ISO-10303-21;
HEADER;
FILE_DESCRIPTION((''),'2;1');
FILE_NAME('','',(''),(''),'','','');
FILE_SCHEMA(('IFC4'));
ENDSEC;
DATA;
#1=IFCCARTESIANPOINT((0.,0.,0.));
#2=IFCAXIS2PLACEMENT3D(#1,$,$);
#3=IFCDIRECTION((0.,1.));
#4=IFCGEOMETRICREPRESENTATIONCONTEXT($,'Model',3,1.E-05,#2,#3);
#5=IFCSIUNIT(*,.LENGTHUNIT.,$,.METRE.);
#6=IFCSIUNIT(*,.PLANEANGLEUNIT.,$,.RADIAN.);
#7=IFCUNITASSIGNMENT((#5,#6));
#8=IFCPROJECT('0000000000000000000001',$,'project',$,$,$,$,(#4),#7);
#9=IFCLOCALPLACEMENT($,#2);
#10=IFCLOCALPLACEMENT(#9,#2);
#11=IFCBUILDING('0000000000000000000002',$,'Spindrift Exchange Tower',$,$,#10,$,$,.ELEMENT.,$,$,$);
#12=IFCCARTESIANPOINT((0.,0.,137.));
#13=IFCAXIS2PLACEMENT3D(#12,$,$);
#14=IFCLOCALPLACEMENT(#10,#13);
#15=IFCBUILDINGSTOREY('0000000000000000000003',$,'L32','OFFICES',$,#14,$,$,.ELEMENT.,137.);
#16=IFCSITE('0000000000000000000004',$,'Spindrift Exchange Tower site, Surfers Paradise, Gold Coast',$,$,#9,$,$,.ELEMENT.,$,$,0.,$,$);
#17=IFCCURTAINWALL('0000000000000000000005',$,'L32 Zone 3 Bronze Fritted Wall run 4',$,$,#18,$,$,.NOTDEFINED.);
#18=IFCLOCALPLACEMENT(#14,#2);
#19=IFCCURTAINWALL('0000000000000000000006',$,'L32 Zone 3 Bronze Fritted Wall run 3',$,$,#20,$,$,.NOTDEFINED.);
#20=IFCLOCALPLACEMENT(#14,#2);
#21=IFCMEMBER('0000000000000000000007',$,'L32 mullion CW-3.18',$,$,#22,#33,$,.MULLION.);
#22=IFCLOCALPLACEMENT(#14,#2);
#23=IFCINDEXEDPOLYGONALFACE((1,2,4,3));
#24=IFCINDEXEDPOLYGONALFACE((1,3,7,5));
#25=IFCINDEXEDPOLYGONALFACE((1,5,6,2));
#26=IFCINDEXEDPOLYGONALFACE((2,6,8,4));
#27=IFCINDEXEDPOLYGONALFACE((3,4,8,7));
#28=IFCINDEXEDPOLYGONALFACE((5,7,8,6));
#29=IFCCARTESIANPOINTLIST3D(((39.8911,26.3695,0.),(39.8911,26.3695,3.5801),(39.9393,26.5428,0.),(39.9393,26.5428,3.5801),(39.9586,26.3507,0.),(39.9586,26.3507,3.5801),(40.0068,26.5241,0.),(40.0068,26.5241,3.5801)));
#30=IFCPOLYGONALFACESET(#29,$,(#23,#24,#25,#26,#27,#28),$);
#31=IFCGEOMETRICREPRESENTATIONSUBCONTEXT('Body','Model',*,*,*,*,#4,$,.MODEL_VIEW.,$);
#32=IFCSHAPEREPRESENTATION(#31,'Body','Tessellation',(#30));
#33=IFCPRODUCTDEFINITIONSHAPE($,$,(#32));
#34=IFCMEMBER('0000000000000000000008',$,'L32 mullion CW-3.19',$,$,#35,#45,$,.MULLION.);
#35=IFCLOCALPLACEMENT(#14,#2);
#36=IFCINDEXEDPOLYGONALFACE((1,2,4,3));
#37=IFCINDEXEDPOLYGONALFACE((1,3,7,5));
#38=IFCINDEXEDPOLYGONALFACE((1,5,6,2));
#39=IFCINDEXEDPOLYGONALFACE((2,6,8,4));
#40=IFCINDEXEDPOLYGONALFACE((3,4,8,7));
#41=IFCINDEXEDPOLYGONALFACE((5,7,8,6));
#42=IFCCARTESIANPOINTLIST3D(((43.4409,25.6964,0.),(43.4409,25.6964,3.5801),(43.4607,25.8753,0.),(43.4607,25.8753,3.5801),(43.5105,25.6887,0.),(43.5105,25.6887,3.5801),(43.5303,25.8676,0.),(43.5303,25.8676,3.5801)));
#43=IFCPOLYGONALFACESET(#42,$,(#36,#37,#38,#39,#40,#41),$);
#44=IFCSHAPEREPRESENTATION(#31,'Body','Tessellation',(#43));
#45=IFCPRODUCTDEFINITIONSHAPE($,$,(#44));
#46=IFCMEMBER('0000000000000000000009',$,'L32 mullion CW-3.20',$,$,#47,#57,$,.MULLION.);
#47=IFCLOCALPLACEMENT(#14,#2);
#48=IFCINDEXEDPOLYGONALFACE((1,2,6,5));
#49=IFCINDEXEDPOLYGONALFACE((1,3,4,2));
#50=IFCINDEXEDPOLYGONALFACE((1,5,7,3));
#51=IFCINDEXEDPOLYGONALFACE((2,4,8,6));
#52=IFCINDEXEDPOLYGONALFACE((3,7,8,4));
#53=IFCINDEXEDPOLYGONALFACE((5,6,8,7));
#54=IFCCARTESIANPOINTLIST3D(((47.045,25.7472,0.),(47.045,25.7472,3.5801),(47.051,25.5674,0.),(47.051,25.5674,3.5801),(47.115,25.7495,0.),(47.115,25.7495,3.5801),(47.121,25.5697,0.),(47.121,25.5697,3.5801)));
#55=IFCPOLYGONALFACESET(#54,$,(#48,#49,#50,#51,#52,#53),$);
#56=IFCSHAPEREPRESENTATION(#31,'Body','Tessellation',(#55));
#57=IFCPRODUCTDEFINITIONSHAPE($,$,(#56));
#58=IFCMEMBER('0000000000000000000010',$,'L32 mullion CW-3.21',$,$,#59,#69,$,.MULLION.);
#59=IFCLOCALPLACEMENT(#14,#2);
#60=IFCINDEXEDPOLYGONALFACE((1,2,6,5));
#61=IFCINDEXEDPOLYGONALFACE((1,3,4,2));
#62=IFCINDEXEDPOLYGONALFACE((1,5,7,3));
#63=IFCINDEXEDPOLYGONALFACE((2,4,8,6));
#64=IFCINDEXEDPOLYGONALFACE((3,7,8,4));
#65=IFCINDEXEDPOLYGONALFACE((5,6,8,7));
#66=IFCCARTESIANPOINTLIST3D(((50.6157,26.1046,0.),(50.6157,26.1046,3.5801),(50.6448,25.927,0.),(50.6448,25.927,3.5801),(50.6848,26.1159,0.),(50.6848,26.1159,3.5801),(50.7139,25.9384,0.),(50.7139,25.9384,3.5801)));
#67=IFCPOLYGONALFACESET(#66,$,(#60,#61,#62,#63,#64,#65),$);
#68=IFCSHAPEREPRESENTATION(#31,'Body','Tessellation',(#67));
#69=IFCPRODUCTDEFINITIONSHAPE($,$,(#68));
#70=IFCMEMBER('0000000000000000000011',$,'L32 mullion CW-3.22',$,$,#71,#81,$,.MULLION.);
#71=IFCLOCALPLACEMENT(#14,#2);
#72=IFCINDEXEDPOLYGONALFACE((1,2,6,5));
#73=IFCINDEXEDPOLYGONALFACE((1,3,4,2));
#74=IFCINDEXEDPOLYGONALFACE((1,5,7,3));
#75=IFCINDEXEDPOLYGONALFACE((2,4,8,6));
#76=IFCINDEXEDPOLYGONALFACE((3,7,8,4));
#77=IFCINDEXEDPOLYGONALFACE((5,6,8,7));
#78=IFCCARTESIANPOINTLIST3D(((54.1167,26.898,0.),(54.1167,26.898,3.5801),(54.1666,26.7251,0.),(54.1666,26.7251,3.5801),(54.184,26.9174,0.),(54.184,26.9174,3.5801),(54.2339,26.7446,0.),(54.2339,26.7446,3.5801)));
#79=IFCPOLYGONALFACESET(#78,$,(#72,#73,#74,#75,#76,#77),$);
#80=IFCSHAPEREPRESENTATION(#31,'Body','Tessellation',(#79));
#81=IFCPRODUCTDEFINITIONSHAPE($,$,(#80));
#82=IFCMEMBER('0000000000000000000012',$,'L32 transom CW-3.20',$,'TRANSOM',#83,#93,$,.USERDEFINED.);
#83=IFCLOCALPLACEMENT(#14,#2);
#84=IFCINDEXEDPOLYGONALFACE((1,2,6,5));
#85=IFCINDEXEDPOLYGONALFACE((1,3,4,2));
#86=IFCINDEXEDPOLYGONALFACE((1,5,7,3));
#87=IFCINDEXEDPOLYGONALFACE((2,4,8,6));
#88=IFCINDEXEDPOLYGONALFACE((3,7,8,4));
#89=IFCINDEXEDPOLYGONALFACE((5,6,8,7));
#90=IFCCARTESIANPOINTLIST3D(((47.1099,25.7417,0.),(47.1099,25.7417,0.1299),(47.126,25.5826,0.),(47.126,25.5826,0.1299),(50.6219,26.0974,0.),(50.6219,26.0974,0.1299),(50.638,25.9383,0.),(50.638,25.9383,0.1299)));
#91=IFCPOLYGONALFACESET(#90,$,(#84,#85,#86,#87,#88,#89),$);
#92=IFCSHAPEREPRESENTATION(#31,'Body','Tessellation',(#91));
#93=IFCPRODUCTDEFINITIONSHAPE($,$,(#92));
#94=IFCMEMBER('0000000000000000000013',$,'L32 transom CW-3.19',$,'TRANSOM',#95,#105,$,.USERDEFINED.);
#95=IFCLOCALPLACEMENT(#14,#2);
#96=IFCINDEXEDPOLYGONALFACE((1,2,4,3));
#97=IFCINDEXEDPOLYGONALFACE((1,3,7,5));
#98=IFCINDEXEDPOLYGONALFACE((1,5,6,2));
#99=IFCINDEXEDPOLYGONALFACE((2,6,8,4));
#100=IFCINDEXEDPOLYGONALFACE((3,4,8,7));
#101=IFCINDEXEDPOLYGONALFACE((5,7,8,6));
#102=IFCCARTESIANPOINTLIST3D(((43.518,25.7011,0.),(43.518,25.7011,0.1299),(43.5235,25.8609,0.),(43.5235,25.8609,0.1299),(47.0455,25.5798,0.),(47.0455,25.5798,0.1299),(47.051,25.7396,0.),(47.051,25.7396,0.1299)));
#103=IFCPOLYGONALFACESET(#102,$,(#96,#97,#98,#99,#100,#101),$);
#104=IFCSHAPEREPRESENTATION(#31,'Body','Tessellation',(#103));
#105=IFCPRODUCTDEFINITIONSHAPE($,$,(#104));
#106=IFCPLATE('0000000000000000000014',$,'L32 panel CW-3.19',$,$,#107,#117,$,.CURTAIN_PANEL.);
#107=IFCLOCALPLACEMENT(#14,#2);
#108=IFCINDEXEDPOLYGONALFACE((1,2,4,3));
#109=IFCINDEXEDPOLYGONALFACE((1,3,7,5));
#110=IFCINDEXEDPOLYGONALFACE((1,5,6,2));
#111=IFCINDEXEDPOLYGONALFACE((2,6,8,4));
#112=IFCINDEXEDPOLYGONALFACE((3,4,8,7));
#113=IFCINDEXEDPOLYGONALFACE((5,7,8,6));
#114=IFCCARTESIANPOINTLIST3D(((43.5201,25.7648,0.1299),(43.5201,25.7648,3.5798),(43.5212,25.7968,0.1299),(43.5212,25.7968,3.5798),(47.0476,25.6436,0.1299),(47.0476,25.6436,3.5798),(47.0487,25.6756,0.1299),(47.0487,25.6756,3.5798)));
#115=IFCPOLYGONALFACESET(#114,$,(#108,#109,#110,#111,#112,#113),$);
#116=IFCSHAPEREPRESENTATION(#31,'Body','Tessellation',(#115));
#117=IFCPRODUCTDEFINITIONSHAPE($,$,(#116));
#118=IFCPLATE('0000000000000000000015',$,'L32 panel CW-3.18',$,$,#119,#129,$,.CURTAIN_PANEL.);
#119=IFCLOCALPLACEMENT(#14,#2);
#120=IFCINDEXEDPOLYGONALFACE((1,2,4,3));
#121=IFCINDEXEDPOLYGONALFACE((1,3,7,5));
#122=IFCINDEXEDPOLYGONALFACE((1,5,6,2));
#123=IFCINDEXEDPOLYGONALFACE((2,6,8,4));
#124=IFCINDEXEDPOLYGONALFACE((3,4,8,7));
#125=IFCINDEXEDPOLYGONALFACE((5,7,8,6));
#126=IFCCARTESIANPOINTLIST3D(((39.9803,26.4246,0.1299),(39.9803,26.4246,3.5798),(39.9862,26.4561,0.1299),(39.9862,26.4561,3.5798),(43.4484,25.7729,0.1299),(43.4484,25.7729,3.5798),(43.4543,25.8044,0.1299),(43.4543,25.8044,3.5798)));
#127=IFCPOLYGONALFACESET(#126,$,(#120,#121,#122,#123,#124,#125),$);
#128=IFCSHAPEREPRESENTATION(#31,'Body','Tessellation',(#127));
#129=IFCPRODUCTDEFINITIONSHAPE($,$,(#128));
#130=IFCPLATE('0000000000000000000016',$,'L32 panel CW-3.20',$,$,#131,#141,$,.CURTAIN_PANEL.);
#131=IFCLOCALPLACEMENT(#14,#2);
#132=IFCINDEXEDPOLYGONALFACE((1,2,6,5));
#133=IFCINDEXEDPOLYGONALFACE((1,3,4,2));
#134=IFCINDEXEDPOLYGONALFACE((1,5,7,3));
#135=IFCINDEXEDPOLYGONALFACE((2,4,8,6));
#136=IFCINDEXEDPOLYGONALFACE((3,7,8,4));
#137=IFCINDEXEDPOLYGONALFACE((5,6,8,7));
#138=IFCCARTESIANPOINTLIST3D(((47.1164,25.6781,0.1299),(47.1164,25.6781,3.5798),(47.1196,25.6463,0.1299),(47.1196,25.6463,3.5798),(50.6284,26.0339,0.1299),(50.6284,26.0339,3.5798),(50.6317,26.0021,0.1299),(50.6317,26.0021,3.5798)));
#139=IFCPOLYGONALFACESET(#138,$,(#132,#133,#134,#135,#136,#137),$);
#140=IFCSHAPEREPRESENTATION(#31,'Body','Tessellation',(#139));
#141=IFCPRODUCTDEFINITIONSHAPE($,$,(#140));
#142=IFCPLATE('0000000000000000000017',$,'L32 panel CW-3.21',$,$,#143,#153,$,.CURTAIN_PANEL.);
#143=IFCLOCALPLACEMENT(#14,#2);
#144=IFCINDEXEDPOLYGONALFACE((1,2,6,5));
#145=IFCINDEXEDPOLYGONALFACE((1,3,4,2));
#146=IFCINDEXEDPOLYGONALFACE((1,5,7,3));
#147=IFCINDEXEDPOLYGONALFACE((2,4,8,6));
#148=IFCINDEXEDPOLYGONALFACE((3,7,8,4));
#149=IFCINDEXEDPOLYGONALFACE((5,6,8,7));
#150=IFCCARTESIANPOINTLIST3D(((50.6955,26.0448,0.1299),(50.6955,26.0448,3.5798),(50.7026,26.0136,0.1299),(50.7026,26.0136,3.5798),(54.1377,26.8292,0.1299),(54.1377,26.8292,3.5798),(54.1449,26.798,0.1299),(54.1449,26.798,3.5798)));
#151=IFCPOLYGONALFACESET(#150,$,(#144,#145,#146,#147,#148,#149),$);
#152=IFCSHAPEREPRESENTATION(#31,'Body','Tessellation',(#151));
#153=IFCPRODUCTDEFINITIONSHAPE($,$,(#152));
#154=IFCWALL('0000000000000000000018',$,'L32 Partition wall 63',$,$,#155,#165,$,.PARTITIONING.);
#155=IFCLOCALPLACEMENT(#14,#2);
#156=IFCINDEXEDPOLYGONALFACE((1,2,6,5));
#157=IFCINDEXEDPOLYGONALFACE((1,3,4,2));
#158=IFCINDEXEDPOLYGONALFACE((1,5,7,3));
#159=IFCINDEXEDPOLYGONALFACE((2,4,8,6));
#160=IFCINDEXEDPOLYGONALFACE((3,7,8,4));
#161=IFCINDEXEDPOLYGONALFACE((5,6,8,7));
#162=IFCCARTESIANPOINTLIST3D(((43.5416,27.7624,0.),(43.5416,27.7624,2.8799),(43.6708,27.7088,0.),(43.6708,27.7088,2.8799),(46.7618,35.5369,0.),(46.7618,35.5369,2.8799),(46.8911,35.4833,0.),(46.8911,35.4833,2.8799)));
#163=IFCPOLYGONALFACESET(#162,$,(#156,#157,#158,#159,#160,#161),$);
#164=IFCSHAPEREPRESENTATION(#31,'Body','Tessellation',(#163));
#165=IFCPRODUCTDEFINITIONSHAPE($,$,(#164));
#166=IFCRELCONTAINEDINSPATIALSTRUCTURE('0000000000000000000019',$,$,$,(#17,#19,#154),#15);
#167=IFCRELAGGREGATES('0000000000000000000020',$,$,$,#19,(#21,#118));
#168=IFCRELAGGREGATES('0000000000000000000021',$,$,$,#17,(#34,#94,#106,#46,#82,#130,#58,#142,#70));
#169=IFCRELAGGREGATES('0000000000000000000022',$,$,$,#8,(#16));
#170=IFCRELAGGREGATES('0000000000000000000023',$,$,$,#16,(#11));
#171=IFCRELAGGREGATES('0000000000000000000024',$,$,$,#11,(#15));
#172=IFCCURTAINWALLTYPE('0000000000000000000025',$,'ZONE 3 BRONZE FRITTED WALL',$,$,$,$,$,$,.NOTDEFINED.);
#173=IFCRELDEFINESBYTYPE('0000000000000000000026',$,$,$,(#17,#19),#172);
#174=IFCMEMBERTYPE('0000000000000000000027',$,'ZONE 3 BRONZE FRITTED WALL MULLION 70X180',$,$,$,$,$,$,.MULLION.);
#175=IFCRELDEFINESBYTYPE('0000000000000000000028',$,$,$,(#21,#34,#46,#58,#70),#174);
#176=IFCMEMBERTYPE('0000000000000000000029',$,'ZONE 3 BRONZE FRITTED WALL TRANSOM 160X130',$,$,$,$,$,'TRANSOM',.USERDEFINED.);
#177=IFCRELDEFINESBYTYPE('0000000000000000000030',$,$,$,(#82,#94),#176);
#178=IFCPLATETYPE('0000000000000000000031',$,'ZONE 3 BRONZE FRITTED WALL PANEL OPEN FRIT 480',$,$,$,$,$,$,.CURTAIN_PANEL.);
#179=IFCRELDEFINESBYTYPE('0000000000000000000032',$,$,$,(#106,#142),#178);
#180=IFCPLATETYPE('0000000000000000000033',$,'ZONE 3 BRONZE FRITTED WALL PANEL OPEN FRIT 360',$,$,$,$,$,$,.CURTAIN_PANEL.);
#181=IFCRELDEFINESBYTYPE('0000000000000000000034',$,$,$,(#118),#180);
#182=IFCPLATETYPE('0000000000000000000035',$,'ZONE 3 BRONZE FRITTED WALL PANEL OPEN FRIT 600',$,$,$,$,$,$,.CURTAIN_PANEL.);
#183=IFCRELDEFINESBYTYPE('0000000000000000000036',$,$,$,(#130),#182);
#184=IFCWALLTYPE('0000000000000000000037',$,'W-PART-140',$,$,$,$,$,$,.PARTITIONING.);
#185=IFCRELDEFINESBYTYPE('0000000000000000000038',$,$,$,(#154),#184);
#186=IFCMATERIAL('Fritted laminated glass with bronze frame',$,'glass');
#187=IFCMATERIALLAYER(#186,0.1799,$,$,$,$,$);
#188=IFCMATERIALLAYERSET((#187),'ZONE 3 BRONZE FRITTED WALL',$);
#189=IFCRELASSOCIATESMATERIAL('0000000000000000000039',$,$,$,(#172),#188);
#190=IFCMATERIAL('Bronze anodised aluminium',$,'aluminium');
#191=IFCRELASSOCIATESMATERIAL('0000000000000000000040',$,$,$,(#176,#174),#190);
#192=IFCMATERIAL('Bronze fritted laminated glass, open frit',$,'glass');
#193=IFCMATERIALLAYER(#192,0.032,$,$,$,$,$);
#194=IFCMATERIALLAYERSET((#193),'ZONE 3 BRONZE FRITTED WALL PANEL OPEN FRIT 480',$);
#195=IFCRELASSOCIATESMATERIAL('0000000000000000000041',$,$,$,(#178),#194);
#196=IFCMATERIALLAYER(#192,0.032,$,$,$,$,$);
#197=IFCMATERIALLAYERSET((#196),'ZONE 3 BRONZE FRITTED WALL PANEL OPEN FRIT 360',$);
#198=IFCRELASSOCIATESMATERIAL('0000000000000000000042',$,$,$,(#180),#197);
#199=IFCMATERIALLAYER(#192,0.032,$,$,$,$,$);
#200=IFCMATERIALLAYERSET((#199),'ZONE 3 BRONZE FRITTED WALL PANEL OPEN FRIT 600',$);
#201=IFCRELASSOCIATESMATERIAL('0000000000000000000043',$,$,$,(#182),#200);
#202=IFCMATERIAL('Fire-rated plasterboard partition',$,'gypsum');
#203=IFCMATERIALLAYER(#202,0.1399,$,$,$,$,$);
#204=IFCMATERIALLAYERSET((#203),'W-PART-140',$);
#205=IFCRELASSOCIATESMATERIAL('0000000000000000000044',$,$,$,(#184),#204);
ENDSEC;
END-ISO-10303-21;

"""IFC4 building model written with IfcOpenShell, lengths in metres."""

from ifc_helpers import new_model, si_unit, direction, frame, frame_2d, origin, origin_2d, place, context, subcontext, project, spatial, rectangle, extrude, source, transform, mapped, material, layer, layer_set, material_profile, profile_set, type_object, element, aggregate, save


model = new_model("IFC4")

# Units and contexts
model_context = context("Model", 3, precision=1e-05, world=origin(), true_north=direction((0.0, 1.0)))
body_context = subcontext(model_context, "Body", "Model", "MODEL_VIEW")
ifc_project = project(units=[si_unit("LENGTHUNIT", "METRE"), si_unit("PLANEANGLEUNIT", "RADIAN")], contexts=[model_context])

# Site, building, storey
site_placement = place(None, origin())
site = spatial("IfcSite", under=ifc_project, at=site_placement, Name="Spindrift Exchange Tower site, Surfers Paradise, Gold Coast", CompositionType="ELEMENT", RefElevation=0.0)
building_placement = place(site_placement, origin())
building = spatial("IfcBuilding", under=site, at=building_placement, Name="Spindrift Exchange Tower", CompositionType="ELEMENT")
storey_placement = place(building_placement, frame((0.0, 0.0, 137.0)))
storey = spatial("IfcBuildingStorey", under=building, at=storey_placement, Name="L32", Description="OFFICES", CompositionType="ELEMENT", Elevation=137.0)

# Curtain walls, member
ifc_material_1 = material(Name="Fritted laminated glass with bronze frame", Category="glass")
ifc_layer_1 = layer(ifc_material_1, 0.1799)
ifc_layer_set_1 = layer_set([ifc_layer_1], Name="ZONE 3 BRONZE FRITTED WALL")
curtain_wall_type = type_object("IfcCurtainWallType", Name="ZONE 3 BRONZE FRITTED WALL", PredefinedType="NOTDEFINED", material=ifc_layer_set_1)
curtain_wall_1_placement = place(storey_placement, origin())
curtain_wall_1 = element("IfcCurtainWall", 1, at=curtain_wall_1_placement, inside=storey, type_object=curtain_wall_type, Name="L32 Zone 3 Bronze Fritted Wall run 4", PredefinedType="NOTDEFINED")
ifc_material_2 = material(Name="Bronze anodised aluminium", Category="aluminium")
ifc_material_profile_1 = material_profile(ifc_material_2, rectangle(XDim=0.1599, YDim=0.1299, at=origin_2d()), Name="ZONE 3 BRONZE FRITTED WALL TRANSOM 160X130")
ifc_profile_set_1 = profile_set([ifc_material_profile_1], Name="Bronze anodised aluminium")
member_type_1 = type_object("IfcMemberType", Name="ZONE 3 BRONZE FRITTED WALL TRANSOM 160X130", ElementType="TRANSOM", PredefinedType="USERDEFINED", material=ifc_profile_set_1)
curtain_wall_2_placement = place(storey_placement, origin())
curtain_wall_2 = element("IfcCurtainWall", 2, at=curtain_wall_2_placement, inside=storey, type_object=curtain_wall_type, Name="L32 Zone 3 Bronze Fritted Wall run 3", PredefinedType="NOTDEFINED")
ifc_material_profile_2 = material_profile(ifc_material_2, rectangle(XDim=0.0701, YDim=0.1799, at=origin_2d()), Name="ZONE 3 BRONZE FRITTED WALL MULLION 70X180")
ifc_profile_set_2 = profile_set([ifc_material_profile_2], Name="Bronze anodised aluminium")
member_type_2 = type_object("IfcMemberType", Name="ZONE 3 BRONZE FRITTED WALL MULLION 70X180", PredefinedType="MULLION", material=ifc_profile_set_2)
shared_shape_1 = source(origin(), body_context, "Body", "SweptSolid", [
    extrude(rectangle(XDim=0.0701, YDim=0.1799, at=origin_2d()), origin(), (0.0, 0.0, 1.0), 3.5801),
])
member_1_placement = place(storey_placement, frame((39.949, 26.4468, 0.0), z_axis=(0.0, 0.0, 1.0), x_axis=(0.963393, -0.268095, 0.0)))
member_1 = element("IfcMember", 3, at=member_1_placement, type_object=member_type_2, Name="L32 mullion CW-3.18", PredefinedType="MULLION", context=body_context, shape_type="MappedRepresentation", body=[
    mapped(shared_shape_1, transform((0.0, 0.0, 0.0), scale=1.0)),
])

# Members
member_2_placement = place(storey_placement, frame((43.4856, 25.782, 0.0), z_axis=(0.0, 0.0, 1.0), x_axis=(0.993951, -0.109822, 0.0)))
member_2 = element("IfcMember", 4, at=member_2_placement, type_object=member_type_2, Name="L32 mullion CW-3.19", PredefinedType="MULLION", context=body_context, shape_type="MappedRepresentation", body=[
    mapped(shared_shape_1, transform((0.0, 0.0, 0.0), scale=1.0)),
])
member_3_placement = place(storey_placement, frame((47.083, 25.6584, 0.0), z_axis=(0.0, 0.0, 1.0), x_axis=(0.999445, 0.03331, 0.0)))
member_3 = element("IfcMember", 5, at=member_3_placement, type_object=member_type_2, Name="L32 mullion CW-3.20", PredefinedType="MULLION", context=body_context, shape_type="MappedRepresentation", body=[
    mapped(shared_shape_1, transform((0.0, 0.0, 0.0), scale=1.0)),
])
member_4_placement = place(storey_placement, frame((50.6648, 26.0215, 0.0), z_axis=(0.0, 0.0, 1.0), x_axis=(0.986823, 0.161804, 0.0)))
member_4 = element("IfcMember", 6, at=member_4_placement, type_object=member_type_2, Name="L32 mullion CW-3.21", PredefinedType="MULLION", context=body_context, shape_type="MappedRepresentation", body=[
    mapped(shared_shape_1, transform((0.0, 0.0, 0.0), scale=1.0)),
])
member_5_placement = place(storey_placement, frame((54.1753, 26.8213, 0.0), z_axis=(0.0, 0.0, 1.0), x_axis=(0.960708, 0.277561, 0.0)))
member_5 = element("IfcMember", 7, at=member_5_placement, type_object=member_type_2, Name="L32 mullion CW-3.22", PredefinedType="MULLION", context=body_context, shape_type="MappedRepresentation", body=[
    mapped(shared_shape_1, transform((0.0, 0.0, 0.0), scale=1.0)),
])
shared_shape_2 = source(origin(), body_context, "Body", "SweptSolid", [
    extrude(rectangle(XDim=0.1599, YDim=0.1299, at=origin_2d()), origin(), (0.0, 0.0, 1.0), 3.53),
])
member_6_placement = place(storey_placement, frame((47.1179, 25.6621, 0.0649), z_axis=(0.99491, 0.10077, 0.0), x_axis=(-0.10077, 0.99491, 0.0)))
member_6 = element("IfcMember", 8, at=member_6_placement, type_object=member_type_1, Name="L32 transom CW-3.20", ObjectType="TRANSOM", PredefinedType="USERDEFINED", context=body_context, shape_type="MappedRepresentation", body=[
    mapped(shared_shape_2, transform((0.0, 0.0, 0.0), scale=1.0)),
])
shared_shape_3 = source(origin(), body_context, "Body", "SweptSolid", [
    extrude(rectangle(XDim=0.1599, YDim=0.1299, at=origin_2d()), origin(), (0.0, 0.0, 1.0), 3.5295),
])
member_7_placement = place(storey_placement, frame((43.5208, 25.781, 0.0649), z_axis=(0.999409, -0.034379, 0.0), x_axis=(0.034379, 0.999409, 0.0)))
member_7 = element("IfcMember", 9, at=member_7_placement, type_object=member_type_1, Name="L32 transom CW-3.19", ObjectType="TRANSOM", PredefinedType="USERDEFINED", context=body_context, shape_type="MappedRepresentation", body=[
    mapped(shared_shape_3, transform((0.0, 0.0, 0.0), scale=1.0)),
])

# Plates
ifc_material_3 = material(Name="Bronze fritted laminated glass, open frit", Category="glass")
ifc_layer_2 = layer(ifc_material_3, 0.032)
ifc_layer_set_2 = layer_set([ifc_layer_2], Name="ZONE 3 BRONZE FRITTED WALL PANEL OPEN FRIT 480")
plate_type_1 = type_object("IfcPlateType", Name="ZONE 3 BRONZE FRITTED WALL PANEL OPEN FRIT 480", PredefinedType="CURTAIN_PANEL", material=ifc_layer_set_2)
shared_shape_4 = source(origin(), body_context, "Body", "SweptSolid", [
    extrude(rectangle(XDim=3.5295, YDim=0.032, at=origin_2d()), origin(), (0.0, 0.0, 1.0), 3.45),
])
plate_1_placement = place(storey_placement, frame((45.2844, 25.7202, 0.1299), z_axis=(0.0, 0.0, 1.0), x_axis=(0.99941, -0.034338, 0.0)))
plate_1 = element("IfcPlate", 10, at=plate_1_placement, type_object=plate_type_1, Name="L32 panel CW-3.19", PredefinedType="CURTAIN_PANEL", context=body_context, shape_type="MappedRepresentation", body=[
    mapped(shared_shape_4, transform((0.0, 0.0, 0.0), scale=1.0)),
])
ifc_layer_3 = layer(ifc_material_3, 0.032)
ifc_layer_set_3 = layer_set([ifc_layer_3], Name="ZONE 3 BRONZE FRITTED WALL PANEL OPEN FRIT 360")
plate_type_2 = type_object("IfcPlateType", Name="ZONE 3 BRONZE FRITTED WALL PANEL OPEN FRIT 360", PredefinedType="CURTAIN_PANEL", material=ifc_layer_set_3)
shared_shape_5 = source(origin(), body_context, "Body", "SweptSolid", [
    extrude(rectangle(XDim=3.5288, YDim=0.032, at=origin_2d()), origin(), (0.0, 0.0, 1.0), 3.45),
])
plate_2_placement = place(storey_placement, frame((41.7173, 26.1145, 0.1299), z_axis=(0.0, 0.0, 1.0), x_axis=(0.982799, -0.184677, 0.0)))
plate_2 = element("IfcPlate", 11, at=plate_2_placement, type_object=plate_type_2, Name="L32 panel CW-3.18", PredefinedType="CURTAIN_PANEL", context=body_context, shape_type="MappedRepresentation", body=[
    mapped(shared_shape_5, transform((0.0, 0.0, 0.0), scale=1.0)),
])
aggregate(curtain_wall_2, [member_1, plate_2])
ifc_layer_4 = layer(ifc_material_3, 0.032)
ifc_layer_set_4 = layer_set([ifc_layer_4], Name="ZONE 3 BRONZE FRITTED WALL PANEL OPEN FRIT 600")
plate_type_3 = type_object("IfcPlateType", Name="ZONE 3 BRONZE FRITTED WALL PANEL OPEN FRIT 600", PredefinedType="CURTAIN_PANEL", material=ifc_layer_set_4)
shared_shape_6 = source(origin(), body_context, "Body", "SweptSolid", [
    extrude(rectangle(XDim=3.53, YDim=0.032, at=origin_2d()), origin(), (0.0, 0.0, 1.0), 3.45),
])
plate_3_placement = place(storey_placement, frame((48.874, 25.8401, 0.1299), z_axis=(0.0, 0.0, 1.0), x_axis=(0.994906, 0.100805, 0.0)))
plate_3 = element("IfcPlate", 12, at=plate_3_placement, type_object=plate_type_3, Name="L32 panel CW-3.20", PredefinedType="CURTAIN_PANEL", context=body_context, shape_type="MappedRepresentation", body=[
    mapped(shared_shape_6, transform((0.0, 0.0, 0.0), scale=1.0)),
])
shared_shape_7 = source(origin(), body_context, "Body", "SweptSolid", [
    extrude(rectangle(XDim=3.5305, YDim=0.032, at=origin_2d()), origin(), (0.0, 0.0, 1.0), 3.45),
])
plate_4_placement = place(storey_placement, frame((52.4202, 26.4214, 0.1299), z_axis=(0.0, 0.0, 1.0), x_axis=(0.975003, 0.222192, 0.0)))
plate_4 = element("IfcPlate", 13, at=plate_4_placement, type_object=plate_type_1, Name="L32 panel CW-3.21", PredefinedType="CURTAIN_PANEL", context=body_context, shape_type="MappedRepresentation", body=[
    mapped(shared_shape_7, transform((0.0, 0.0, 0.0), scale=1.0)),
])
aggregate(curtain_wall_1, [member_2, member_7, plate_1, member_3, member_6, plate_3, member_4, plate_4, member_5])

# Wall
ifc_material_4 = material(Name="Fire-rated plasterboard partition", Category="gypsum")
ifc_layer_5 = layer(ifc_material_4, 0.1399)
ifc_layer_set_5 = layer_set([ifc_layer_5], Name="W-PART-140")
wall_type = type_object("IfcWallType", Name="W-PART-140", PredefinedType="PARTITIONING", material=ifc_layer_set_5)
wall_1_placement = place(storey_placement, frame((43.6062, 27.7356, 0.0), z_axis=(0.0, 0.0, 1.0), x_axis=(0.382678, 0.923882, 0.0)))
element("IfcWall", 14, at=wall_1_placement, inside=storey, type_object=wall_type, Name="L32 Partition wall 63", PredefinedType="PARTITIONING", context=body_context, shape_type="SweptSolid", body=[
    extrude(rectangle(XDim=8.415, YDim=0.1399, at=frame_2d((4.2075, 0.0))), origin(), (0.0, 0.0, 1.0), 2.8799),
])

save(model, "model.ifc")
